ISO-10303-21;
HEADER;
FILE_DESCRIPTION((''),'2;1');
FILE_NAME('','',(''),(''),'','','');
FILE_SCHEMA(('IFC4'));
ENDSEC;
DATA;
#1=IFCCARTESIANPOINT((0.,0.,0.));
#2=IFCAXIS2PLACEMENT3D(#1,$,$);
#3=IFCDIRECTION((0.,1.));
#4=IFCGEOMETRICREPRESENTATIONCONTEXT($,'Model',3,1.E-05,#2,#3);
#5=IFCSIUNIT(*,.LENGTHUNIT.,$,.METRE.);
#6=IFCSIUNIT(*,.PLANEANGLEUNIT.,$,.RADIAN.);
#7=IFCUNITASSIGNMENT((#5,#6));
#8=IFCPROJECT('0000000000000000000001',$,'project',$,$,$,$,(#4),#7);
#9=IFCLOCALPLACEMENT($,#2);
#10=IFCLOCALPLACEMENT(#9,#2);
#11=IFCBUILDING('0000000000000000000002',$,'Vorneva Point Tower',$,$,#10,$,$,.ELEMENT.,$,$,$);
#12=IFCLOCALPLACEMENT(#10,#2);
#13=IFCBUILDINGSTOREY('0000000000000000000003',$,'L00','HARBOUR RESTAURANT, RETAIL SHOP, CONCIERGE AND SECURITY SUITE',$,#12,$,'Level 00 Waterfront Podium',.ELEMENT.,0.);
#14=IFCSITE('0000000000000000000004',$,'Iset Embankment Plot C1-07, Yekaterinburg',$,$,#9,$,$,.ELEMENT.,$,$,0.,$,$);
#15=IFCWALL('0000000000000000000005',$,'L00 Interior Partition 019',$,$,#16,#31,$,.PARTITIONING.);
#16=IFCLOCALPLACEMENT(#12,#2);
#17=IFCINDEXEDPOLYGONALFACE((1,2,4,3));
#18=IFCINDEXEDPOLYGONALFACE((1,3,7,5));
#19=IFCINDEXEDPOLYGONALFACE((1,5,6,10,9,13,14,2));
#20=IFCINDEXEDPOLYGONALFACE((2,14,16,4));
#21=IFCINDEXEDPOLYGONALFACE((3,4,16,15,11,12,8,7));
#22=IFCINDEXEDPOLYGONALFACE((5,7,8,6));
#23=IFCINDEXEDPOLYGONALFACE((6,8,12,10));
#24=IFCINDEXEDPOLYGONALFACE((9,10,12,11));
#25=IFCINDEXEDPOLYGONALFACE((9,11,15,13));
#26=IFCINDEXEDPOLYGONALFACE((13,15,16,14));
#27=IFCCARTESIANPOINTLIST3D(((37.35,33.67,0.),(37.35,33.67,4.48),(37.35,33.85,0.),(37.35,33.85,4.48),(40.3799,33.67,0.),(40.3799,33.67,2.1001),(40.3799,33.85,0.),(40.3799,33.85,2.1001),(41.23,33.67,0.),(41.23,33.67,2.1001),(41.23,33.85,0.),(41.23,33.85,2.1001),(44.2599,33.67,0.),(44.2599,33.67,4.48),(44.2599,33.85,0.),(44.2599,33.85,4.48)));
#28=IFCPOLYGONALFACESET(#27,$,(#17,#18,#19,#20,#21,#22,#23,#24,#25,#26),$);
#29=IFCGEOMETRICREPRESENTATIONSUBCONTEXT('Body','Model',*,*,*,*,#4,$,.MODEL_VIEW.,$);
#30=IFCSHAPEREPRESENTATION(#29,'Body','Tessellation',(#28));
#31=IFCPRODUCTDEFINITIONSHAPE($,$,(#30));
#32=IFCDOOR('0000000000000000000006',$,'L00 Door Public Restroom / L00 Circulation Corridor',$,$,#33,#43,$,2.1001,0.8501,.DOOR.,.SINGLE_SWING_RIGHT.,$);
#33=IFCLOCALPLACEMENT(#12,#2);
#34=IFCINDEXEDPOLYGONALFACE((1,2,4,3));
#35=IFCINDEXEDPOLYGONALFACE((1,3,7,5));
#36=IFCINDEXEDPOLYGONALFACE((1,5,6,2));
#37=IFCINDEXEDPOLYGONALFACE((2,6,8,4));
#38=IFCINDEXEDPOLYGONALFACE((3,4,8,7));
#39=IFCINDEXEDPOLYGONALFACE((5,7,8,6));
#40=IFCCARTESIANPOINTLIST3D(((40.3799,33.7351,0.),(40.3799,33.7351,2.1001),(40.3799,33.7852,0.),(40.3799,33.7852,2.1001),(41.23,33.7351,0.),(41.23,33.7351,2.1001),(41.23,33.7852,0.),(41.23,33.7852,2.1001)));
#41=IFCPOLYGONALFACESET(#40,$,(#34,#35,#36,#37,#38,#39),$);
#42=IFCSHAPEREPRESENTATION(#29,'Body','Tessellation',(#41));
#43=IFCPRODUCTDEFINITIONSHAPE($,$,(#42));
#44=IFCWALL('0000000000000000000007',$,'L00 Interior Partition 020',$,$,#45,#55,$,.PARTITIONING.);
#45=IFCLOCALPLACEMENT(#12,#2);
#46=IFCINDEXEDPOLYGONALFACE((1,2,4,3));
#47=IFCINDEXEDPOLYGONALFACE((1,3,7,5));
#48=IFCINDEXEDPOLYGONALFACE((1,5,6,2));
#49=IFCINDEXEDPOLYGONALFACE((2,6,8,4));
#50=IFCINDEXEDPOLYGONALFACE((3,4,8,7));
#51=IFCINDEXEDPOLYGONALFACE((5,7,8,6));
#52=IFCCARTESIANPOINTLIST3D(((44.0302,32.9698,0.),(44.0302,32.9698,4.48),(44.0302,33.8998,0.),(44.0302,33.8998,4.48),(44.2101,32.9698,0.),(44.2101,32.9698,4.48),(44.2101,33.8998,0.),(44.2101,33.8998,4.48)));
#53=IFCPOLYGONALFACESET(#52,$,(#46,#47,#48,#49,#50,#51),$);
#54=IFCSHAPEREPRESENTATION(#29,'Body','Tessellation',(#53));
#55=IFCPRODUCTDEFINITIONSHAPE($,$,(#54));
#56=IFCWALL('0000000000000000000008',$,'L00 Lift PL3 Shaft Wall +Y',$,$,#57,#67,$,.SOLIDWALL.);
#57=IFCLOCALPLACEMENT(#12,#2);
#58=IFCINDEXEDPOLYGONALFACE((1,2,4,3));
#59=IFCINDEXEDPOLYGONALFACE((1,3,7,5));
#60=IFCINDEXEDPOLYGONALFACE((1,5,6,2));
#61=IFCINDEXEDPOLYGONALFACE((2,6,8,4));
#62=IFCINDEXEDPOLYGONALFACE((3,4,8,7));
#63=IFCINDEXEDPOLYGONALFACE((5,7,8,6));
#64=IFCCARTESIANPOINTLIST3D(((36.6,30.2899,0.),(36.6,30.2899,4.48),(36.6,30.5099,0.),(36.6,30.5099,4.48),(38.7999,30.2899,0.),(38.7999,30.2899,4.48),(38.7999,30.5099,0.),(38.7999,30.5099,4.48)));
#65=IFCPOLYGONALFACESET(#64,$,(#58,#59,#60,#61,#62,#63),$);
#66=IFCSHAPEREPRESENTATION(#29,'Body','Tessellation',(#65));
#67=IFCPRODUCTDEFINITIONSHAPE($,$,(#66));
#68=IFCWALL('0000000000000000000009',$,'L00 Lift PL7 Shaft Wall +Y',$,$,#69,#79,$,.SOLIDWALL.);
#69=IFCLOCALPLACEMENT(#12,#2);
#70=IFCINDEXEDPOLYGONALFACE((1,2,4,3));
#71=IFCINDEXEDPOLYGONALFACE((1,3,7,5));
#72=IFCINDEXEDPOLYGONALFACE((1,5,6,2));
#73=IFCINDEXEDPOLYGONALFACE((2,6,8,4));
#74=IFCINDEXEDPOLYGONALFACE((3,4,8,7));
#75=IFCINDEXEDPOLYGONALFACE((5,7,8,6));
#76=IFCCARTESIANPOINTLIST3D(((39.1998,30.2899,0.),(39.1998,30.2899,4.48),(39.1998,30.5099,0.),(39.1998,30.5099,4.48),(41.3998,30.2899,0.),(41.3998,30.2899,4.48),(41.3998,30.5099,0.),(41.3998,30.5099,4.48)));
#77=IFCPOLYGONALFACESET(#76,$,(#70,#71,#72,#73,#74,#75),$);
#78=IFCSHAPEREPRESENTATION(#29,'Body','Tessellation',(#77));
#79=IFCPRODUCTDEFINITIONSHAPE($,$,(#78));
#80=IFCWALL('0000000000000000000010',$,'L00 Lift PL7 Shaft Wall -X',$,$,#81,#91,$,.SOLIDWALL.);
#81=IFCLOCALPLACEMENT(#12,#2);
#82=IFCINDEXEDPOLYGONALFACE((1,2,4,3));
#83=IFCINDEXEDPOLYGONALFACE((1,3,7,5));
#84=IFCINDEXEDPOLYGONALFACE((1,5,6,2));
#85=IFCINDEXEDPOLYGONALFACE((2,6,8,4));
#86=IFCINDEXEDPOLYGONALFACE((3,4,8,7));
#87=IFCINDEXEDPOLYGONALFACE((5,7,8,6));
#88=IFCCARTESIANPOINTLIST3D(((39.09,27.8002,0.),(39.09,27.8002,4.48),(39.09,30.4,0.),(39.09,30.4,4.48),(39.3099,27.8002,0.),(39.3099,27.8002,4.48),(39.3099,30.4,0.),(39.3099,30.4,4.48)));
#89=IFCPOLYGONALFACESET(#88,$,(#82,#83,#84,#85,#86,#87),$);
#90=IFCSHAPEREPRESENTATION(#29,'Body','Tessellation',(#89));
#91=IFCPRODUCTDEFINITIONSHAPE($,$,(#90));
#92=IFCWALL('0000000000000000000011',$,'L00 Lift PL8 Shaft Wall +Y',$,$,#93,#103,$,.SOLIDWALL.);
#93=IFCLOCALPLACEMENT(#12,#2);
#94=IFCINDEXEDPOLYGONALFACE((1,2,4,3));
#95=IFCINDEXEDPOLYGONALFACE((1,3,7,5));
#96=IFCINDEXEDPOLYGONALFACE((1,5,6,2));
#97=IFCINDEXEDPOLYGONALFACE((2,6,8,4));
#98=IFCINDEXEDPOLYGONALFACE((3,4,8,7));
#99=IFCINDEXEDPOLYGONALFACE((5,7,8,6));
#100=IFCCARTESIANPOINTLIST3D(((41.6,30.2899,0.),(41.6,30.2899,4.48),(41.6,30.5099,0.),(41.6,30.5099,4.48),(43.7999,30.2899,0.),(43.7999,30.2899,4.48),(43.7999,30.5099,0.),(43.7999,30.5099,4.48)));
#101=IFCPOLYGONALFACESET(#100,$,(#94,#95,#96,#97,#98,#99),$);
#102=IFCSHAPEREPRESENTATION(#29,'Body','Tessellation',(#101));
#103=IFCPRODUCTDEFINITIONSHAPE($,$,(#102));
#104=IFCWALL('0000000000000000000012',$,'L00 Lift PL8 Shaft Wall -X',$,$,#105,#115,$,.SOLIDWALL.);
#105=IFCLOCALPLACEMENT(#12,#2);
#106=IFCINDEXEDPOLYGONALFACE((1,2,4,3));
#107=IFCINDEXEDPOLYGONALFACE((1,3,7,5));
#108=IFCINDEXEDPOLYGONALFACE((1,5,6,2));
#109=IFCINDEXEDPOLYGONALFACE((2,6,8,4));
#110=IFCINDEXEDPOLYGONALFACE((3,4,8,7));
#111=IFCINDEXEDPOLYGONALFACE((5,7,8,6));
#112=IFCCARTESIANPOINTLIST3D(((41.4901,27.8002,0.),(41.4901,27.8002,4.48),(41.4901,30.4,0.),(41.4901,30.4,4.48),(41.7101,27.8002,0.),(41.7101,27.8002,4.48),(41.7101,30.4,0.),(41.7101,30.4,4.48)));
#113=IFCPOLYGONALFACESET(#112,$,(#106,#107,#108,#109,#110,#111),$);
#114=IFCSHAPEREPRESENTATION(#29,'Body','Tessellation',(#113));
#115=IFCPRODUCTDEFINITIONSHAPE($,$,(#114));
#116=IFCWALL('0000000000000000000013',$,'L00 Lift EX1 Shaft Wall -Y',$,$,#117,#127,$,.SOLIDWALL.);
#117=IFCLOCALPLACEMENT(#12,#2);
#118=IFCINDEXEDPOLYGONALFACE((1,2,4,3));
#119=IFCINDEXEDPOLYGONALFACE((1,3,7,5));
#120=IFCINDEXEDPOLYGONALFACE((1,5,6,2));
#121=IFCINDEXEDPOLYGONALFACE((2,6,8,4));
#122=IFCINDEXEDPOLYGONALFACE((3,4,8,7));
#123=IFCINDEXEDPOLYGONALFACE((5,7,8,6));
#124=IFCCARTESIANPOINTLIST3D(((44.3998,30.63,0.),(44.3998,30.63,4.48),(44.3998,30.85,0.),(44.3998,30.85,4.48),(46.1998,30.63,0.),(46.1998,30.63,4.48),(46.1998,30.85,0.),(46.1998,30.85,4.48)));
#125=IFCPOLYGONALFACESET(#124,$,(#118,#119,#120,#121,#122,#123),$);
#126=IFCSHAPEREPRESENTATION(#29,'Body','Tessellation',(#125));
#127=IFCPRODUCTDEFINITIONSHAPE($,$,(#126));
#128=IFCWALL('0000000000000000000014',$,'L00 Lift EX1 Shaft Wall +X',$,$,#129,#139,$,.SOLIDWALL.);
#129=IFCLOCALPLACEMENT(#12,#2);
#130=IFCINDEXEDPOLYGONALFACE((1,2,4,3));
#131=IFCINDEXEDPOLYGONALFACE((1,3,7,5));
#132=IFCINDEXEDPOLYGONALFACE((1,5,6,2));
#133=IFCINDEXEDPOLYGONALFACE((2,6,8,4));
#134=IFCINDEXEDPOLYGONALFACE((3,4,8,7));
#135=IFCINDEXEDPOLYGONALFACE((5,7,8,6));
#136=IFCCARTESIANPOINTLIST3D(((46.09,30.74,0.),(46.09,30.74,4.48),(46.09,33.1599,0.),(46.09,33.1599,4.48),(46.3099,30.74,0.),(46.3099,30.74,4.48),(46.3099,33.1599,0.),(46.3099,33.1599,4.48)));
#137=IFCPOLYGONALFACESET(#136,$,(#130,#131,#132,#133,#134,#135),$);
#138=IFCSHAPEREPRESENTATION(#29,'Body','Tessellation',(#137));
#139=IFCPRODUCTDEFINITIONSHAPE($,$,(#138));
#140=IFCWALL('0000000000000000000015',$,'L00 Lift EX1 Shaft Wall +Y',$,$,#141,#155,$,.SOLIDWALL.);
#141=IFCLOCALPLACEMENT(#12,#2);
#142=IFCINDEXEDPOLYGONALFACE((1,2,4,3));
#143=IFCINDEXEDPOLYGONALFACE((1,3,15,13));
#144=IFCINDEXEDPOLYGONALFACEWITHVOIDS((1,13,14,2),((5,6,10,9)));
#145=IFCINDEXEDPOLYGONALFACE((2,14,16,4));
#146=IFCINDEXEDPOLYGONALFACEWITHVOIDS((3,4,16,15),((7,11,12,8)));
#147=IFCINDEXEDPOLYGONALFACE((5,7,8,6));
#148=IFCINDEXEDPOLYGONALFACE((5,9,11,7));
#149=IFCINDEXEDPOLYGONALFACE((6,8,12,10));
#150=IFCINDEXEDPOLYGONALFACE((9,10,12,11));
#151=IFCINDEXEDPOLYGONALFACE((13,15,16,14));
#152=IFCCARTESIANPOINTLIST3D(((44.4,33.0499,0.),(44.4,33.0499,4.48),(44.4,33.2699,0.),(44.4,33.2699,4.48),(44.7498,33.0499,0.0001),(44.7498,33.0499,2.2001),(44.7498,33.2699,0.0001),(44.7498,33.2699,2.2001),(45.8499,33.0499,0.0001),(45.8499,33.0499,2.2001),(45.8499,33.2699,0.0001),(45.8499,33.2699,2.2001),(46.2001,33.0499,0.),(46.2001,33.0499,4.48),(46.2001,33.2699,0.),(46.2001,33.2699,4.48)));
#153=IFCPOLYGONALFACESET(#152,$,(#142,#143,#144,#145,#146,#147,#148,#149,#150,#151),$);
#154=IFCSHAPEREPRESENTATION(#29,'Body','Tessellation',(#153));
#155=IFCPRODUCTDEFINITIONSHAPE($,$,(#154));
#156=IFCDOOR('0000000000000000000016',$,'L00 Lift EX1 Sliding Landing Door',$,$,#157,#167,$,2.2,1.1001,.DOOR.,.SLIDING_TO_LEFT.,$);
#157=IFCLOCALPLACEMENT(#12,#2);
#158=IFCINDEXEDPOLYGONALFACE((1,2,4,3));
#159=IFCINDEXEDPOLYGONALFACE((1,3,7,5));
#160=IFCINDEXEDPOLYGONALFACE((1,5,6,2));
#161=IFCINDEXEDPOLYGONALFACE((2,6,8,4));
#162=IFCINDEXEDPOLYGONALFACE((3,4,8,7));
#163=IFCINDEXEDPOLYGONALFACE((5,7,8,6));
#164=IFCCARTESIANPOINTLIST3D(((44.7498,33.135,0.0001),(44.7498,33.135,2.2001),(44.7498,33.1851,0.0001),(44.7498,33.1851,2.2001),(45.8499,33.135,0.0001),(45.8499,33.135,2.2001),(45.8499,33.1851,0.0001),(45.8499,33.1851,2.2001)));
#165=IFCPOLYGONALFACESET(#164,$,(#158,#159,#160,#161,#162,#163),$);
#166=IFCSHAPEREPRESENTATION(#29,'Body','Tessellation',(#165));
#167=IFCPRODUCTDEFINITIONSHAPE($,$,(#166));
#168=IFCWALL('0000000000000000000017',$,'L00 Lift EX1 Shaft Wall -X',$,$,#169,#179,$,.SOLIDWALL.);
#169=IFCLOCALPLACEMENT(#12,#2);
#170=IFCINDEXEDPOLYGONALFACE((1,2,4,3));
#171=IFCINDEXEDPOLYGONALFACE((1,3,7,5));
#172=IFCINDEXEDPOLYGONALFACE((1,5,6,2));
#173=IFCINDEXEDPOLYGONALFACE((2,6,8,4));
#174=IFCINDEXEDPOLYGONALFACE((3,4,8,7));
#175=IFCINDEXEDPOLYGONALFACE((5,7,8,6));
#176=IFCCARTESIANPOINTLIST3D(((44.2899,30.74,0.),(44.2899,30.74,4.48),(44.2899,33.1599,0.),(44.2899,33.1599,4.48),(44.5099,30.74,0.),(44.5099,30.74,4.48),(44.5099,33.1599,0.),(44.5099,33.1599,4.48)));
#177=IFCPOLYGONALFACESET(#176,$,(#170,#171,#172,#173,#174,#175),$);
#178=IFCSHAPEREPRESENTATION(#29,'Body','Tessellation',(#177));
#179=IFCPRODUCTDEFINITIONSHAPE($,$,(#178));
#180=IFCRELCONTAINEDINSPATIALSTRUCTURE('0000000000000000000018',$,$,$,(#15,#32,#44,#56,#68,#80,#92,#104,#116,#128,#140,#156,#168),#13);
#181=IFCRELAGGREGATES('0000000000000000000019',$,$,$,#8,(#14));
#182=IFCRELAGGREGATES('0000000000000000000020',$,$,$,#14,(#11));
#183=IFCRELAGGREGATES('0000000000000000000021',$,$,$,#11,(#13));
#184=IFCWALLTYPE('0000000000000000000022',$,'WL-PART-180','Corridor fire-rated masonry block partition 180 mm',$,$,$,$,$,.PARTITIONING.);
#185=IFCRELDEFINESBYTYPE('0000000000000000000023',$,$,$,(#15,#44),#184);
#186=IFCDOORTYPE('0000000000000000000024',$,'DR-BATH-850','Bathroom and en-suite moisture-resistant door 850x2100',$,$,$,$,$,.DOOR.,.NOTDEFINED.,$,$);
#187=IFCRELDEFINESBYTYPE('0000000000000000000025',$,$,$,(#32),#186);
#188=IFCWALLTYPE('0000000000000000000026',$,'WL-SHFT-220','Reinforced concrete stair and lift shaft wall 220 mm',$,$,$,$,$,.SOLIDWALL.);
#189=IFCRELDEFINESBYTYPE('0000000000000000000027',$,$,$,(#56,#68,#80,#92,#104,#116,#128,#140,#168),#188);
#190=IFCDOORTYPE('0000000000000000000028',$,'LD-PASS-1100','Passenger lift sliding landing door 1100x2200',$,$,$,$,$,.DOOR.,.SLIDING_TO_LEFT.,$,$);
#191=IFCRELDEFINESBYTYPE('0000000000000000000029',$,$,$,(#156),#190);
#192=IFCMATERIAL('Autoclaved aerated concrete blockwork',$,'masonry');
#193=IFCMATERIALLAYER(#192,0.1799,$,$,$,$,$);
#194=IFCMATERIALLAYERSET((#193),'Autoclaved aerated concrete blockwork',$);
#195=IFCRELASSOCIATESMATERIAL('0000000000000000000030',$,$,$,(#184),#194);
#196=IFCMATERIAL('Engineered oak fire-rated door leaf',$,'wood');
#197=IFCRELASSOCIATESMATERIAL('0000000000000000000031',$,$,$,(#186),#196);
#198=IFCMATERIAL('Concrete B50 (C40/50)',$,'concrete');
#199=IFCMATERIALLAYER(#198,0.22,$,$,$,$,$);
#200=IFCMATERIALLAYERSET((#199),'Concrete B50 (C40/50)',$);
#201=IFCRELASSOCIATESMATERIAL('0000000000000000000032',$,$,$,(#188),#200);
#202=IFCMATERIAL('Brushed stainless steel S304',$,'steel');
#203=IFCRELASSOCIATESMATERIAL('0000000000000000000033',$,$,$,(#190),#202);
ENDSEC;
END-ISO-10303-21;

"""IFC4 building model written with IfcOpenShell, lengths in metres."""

from ifc_helpers import new_model, si_unit, direction, frame, frame_2d, origin, place, context, subcontext, project, spatial, rectangle, extrude, material, layer, layer_set, type_object, element, fill, save


model = new_model("IFC4")

# Units and contexts
model_context = context("Model", 3, precision=1e-05, world=origin(), true_north=direction((0.0, 1.0)))
body_context = subcontext(model_context, "Body", "Model", "MODEL_VIEW")
ifc_project = project(units=[si_unit("LENGTHUNIT", "METRE"), si_unit("PLANEANGLEUNIT", "RADIAN")], contexts=[model_context])

# Site, building, storey
site_placement = place(None, origin())
site = spatial("IfcSite", under=ifc_project, at=site_placement, Name="Iset Embankment Plot C1-07, Yekaterinburg", CompositionType="ELEMENT", RefElevation=0.0)
building_placement = place(site_placement, origin())
building = spatial("IfcBuilding", under=site, at=building_placement, Name="Vorneva Point Tower", CompositionType="ELEMENT")
storey_placement = place(building_placement, origin())
storey = spatial("IfcBuildingStorey", under=building, at=storey_placement, Name="L00", Description="HARBOUR RESTAURANT, RETAIL SHOP, CONCIERGE AND SECURITY SUITE", LongName="Level 00 Waterfront Podium", CompositionType="ELEMENT", Elevation=0.0)

# Wall, opening, door
ifc_material_1 = material(Name="Autoclaved aerated concrete blockwork", Category="masonry")
ifc_layer_1 = layer(ifc_material_1, 0.1799)
ifc_layer_set_1 = layer_set([ifc_layer_1], Name="Autoclaved aerated concrete blockwork")
wall_type_1 = type_object("IfcWallType", Name="WL-PART-180", Description="Corridor fire-rated masonry block partition 180 mm", PredefinedType="PARTITIONING", material=ifc_layer_set_1)
ifc_material_2 = material(Name="Engineered oak fire-rated door leaf", Category="wood")
door_type_1 = type_object("IfcDoorType", Name="DR-BATH-850", Description="Bathroom and en-suite moisture-resistant door 850x2100", OperationType="NOTDEFINED", PredefinedType="DOOR", material=ifc_material_2)
wall_1_placement = place(storey_placement, frame((44.26, 33.76, 0.0), z_axis=(0.0, 0.0, 1.0), x_axis=(-1.0, 0.0, 0.0)))
wall_1 = element("IfcWall", 1, at=wall_1_placement, inside=storey, type_object=wall_type_1, Name="L00 Interior Partition 019", PredefinedType="PARTITIONING", context=body_context, shape_type="SweptSolid", body=[
    extrude(rectangle(XDim=6.9099, YDim=0.1799, at=frame_2d((3.4551, 0.0))), origin(), (0.0, 0.0, 1.0), 4.48),
])
opening_1_placement = place(wall_1_placement, frame((3.03, 0.0, 0.0)))
opening_1 = element("IfcOpeningElement", 2, at=opening_1_placement, cuts=wall_1, PredefinedType="OPENING", context=body_context, shape_type="SweptSolid", body=[
    extrude(rectangle(XDim=0.8501, YDim=2.1001, at=frame_2d((0.425, 1.05))), frame((0.0, 0.105, 0.0), z_axis=(0.0, -1.0, 0.0), x_axis=(1.0, 0.0, 0.0)), (0.0, 0.0, 1.0), 0.2097),
])
door_1_placement = place(opening_1_placement, origin())
door_1 = element("IfcDoor", 3, at=door_1_placement, inside=storey, type_object=door_type_1, Name="L00 Door Public Restroom / L00 Circulation Corridor", OperationType="SINGLE_SWING_RIGHT", OverallHeight=2.1001, OverallWidth=0.8501, PredefinedType="DOOR", context=body_context, shape_type="SweptSolid", body=[
    extrude(rectangle(XDim=0.8501, YDim=2.1001, at=frame_2d((0.425, 1.05))), frame((0.0, 0.0249, 0.0), z_axis=(0.0, -1.0, 0.0), x_axis=(1.0, 0.0, 0.0)), (0.0, 0.0, 1.0), 0.05),
])
fill(opening_1, door_1)

# Walls
wall_2_placement = place(storey_placement, frame((44.1201, 32.97, 0.0), z_axis=(0.0, 0.0, 1.0), x_axis=(0.0, 1.0, 0.0)))
element("IfcWall", 4, at=wall_2_placement, inside=storey, type_object=wall_type_1, Name="L00 Interior Partition 020", PredefinedType="PARTITIONING", context=body_context, shape_type="SweptSolid", body=[
    extrude(rectangle(XDim=0.9299, YDim=0.1799, at=frame_2d((0.4648, 0.0))), origin(), (0.0, 0.0, 1.0), 4.48),
])
ifc_material_3 = material(Name="Concrete B50 (C40/50)", Category="concrete")
ifc_layer_2 = layer(ifc_material_3, 0.22)
ifc_layer_set_2 = layer_set([ifc_layer_2], Name="Concrete B50 (C40/50)")
wall_type_2 = type_object("IfcWallType", Name="WL-SHFT-220", Description="Reinforced concrete stair and lift shaft wall 220 mm", PredefinedType="SOLIDWALL", material=ifc_layer_set_2)
for number, where, z_axis, x_axis, name in (
    (5, (38.8, 30.3999, 0.0), (0.0, 0.0, 1.0), (-1.0, 0.0, 0.0), "L00 Lift PL3 Shaft Wall +Y"),
    (6, (41.3999, 30.3999, 0.0), (0.0, 0.0, 1.0), (-1.0, 0.0, 0.0), "L00 Lift PL7 Shaft Wall +Y"),
):
    element("IfcWall", number, at=place(storey_placement, frame(where, z_axis=z_axis, x_axis=x_axis)), inside=storey, type_object=wall_type_2, Name=name, PredefinedType="SOLIDWALL", context=body_context, shape_type="SweptSolid", body=[
        extrude(rectangle(XDim=2.2, YDim=0.22, at=frame_2d((1.1001, 0.0))), origin(), (0.0, 0.0, 1.0), 4.48),
    ])
wall_3_placement = place(storey_placement, frame((39.2, 30.3999, 0.0), z_axis=(0.0, 0.0, 1.0), x_axis=(0.0, -1.0, 0.0)))
element("IfcWall", 7, at=wall_3_placement, inside=storey, type_object=wall_type_2, Name="L00 Lift PL7 Shaft Wall -X", PredefinedType="SOLIDWALL", context=body_context, shape_type="SweptSolid", body=[
    extrude(rectangle(XDim=2.5999, YDim=0.22, at=frame_2d((1.2998, 0.0))), origin(), (0.0, 0.0, 1.0), 4.48),
])
wall_4_placement = place(storey_placement, frame((43.8, 30.3999, 0.0), z_axis=(0.0, 0.0, 1.0), x_axis=(-1.0, 0.0, 0.0)))
element("IfcWall", 8, at=wall_4_placement, inside=storey, type_object=wall_type_2, Name="L00 Lift PL8 Shaft Wall +Y", PredefinedType="SOLIDWALL", context=body_context, shape_type="SweptSolid", body=[
    extrude(rectangle(XDim=2.2, YDim=0.22, at=frame_2d((1.1001, 0.0))), origin(), (0.0, 0.0, 1.0), 4.48),
])
wall_5_placement = place(storey_placement, frame((41.6001, 30.3999, 0.0), z_axis=(0.0, 0.0, 1.0), x_axis=(0.0, -1.0, 0.0)))
element("IfcWall", 9, at=wall_5_placement, inside=storey, type_object=wall_type_2, Name="L00 Lift PL8 Shaft Wall -X", PredefinedType="SOLIDWALL", context=body_context, shape_type="SweptSolid", body=[
    extrude(rectangle(XDim=2.5999, YDim=0.22, at=frame_2d((1.2998, 0.0))), origin(), (0.0, 0.0, 1.0), 4.48),
])
wall_6_placement = place(storey_placement, frame((44.3999, 30.74, 0.0), z_axis=(0.0, 0.0, 1.0), x_axis=(1.0, 0.0, 0.0)))
element("IfcWall", 10, at=wall_6_placement, inside=storey, type_object=wall_type_2, Name="L00 Lift EX1 Shaft Wall -Y", PredefinedType="SOLIDWALL", context=body_context, shape_type="SweptSolid", body=[
    extrude(rectangle(XDim=1.8, YDim=0.22, at=frame_2d((0.8999, 0.0))), origin(), (0.0, 0.0, 1.0), 4.48),
])
wall_7_placement = place(storey_placement, frame((46.2, 30.74, 0.0), z_axis=(0.0, 0.0, 1.0), x_axis=(0.0, 1.0, 0.0)))
element("IfcWall", 11, at=wall_7_placement, inside=storey, type_object=wall_type_2, Name="L00 Lift EX1 Shaft Wall +X", PredefinedType="SOLIDWALL", context=body_context, shape_type="SweptSolid", body=[
    extrude(rectangle(XDim=2.4199, YDim=0.22, at=frame_2d((1.21, 0.0))), origin(), (0.0, 0.0, 1.0), 4.48),
])

# Wall, opening, door
wall_8_placement = place(storey_placement, frame((46.2, 33.1599, 0.0), z_axis=(0.0, 0.0, 1.0), x_axis=(-1.0, 0.0, 0.0)))
wall_8 = element("IfcWall", 12, at=wall_8_placement, inside=storey, type_object=wall_type_2, Name="L00 Lift EX1 Shaft Wall +Y", PredefinedType="SOLIDWALL", context=body_context, shape_type="SweptSolid", body=[
    extrude(rectangle(XDim=1.8, YDim=0.22, at=frame_2d((0.8999, 0.0))), origin(), (0.0, 0.0, 1.0), 4.48),
])
opening_2_placement = place(wall_8_placement, frame((0.3501, 0.0, 0.0)))
opening_2 = element("IfcOpeningElement", 13, at=opening_2_placement, cuts=wall_8, PredefinedType="OPENING", context=body_context, shape_type="SweptSolid", body=[
    extrude(rectangle(XDim=1.1001, YDim=2.2, at=frame_2d((0.55, 1.1001))), frame((0.0, 0.125, 0.0), z_axis=(0.0, -1.0, 0.0), x_axis=(1.0, 0.0, 0.0)), (0.0, 0.0, 1.0), 0.2498),
])
ifc_material_4 = material(Name="Brushed stainless steel S304", Category="steel")
door_type_2 = type_object("IfcDoorType", Name="LD-PASS-1100", Description="Passenger lift sliding landing door 1100x2200", OperationType="SLIDING_TO_LEFT", PredefinedType="DOOR", material=ifc_material_4)
door_2_placement = place(opening_2_placement, origin())
door_2 = element("IfcDoor", 14, at=door_2_placement, inside=storey, type_object=door_type_2, Name="L00 Lift EX1 Sliding Landing Door", OperationType="SLIDING_TO_LEFT", OverallHeight=2.2, OverallWidth=1.1001, PredefinedType="DOOR", context=body_context, shape_type="SweptSolid", body=[
    extrude(rectangle(XDim=1.1001, YDim=2.2, at=frame_2d((0.55, 1.1001))), frame((0.0, 0.0249, 0.0), z_axis=(0.0, -1.0, 0.0), x_axis=(1.0, 0.0, 0.0)), (0.0, 0.0, 1.0), 0.05),
])
fill(opening_2, door_2)

# Wall
wall_9_placement = place(storey_placement, frame((44.3999, 33.1599, 0.0), z_axis=(0.0, 0.0, 1.0), x_axis=(0.0, -1.0, 0.0)))
element("IfcWall", 15, at=wall_9_placement, inside=storey, type_object=wall_type_2, Name="L00 Lift EX1 Shaft Wall -X", PredefinedType="SOLIDWALL", context=body_context, shape_type="SweptSolid", body=[
    extrude(rectangle(XDim=2.4199, YDim=0.22, at=frame_2d((1.21, 0.0))), origin(), (0.0, 0.0, 1.0), 4.48),
])

save(model, "model.ifc")
